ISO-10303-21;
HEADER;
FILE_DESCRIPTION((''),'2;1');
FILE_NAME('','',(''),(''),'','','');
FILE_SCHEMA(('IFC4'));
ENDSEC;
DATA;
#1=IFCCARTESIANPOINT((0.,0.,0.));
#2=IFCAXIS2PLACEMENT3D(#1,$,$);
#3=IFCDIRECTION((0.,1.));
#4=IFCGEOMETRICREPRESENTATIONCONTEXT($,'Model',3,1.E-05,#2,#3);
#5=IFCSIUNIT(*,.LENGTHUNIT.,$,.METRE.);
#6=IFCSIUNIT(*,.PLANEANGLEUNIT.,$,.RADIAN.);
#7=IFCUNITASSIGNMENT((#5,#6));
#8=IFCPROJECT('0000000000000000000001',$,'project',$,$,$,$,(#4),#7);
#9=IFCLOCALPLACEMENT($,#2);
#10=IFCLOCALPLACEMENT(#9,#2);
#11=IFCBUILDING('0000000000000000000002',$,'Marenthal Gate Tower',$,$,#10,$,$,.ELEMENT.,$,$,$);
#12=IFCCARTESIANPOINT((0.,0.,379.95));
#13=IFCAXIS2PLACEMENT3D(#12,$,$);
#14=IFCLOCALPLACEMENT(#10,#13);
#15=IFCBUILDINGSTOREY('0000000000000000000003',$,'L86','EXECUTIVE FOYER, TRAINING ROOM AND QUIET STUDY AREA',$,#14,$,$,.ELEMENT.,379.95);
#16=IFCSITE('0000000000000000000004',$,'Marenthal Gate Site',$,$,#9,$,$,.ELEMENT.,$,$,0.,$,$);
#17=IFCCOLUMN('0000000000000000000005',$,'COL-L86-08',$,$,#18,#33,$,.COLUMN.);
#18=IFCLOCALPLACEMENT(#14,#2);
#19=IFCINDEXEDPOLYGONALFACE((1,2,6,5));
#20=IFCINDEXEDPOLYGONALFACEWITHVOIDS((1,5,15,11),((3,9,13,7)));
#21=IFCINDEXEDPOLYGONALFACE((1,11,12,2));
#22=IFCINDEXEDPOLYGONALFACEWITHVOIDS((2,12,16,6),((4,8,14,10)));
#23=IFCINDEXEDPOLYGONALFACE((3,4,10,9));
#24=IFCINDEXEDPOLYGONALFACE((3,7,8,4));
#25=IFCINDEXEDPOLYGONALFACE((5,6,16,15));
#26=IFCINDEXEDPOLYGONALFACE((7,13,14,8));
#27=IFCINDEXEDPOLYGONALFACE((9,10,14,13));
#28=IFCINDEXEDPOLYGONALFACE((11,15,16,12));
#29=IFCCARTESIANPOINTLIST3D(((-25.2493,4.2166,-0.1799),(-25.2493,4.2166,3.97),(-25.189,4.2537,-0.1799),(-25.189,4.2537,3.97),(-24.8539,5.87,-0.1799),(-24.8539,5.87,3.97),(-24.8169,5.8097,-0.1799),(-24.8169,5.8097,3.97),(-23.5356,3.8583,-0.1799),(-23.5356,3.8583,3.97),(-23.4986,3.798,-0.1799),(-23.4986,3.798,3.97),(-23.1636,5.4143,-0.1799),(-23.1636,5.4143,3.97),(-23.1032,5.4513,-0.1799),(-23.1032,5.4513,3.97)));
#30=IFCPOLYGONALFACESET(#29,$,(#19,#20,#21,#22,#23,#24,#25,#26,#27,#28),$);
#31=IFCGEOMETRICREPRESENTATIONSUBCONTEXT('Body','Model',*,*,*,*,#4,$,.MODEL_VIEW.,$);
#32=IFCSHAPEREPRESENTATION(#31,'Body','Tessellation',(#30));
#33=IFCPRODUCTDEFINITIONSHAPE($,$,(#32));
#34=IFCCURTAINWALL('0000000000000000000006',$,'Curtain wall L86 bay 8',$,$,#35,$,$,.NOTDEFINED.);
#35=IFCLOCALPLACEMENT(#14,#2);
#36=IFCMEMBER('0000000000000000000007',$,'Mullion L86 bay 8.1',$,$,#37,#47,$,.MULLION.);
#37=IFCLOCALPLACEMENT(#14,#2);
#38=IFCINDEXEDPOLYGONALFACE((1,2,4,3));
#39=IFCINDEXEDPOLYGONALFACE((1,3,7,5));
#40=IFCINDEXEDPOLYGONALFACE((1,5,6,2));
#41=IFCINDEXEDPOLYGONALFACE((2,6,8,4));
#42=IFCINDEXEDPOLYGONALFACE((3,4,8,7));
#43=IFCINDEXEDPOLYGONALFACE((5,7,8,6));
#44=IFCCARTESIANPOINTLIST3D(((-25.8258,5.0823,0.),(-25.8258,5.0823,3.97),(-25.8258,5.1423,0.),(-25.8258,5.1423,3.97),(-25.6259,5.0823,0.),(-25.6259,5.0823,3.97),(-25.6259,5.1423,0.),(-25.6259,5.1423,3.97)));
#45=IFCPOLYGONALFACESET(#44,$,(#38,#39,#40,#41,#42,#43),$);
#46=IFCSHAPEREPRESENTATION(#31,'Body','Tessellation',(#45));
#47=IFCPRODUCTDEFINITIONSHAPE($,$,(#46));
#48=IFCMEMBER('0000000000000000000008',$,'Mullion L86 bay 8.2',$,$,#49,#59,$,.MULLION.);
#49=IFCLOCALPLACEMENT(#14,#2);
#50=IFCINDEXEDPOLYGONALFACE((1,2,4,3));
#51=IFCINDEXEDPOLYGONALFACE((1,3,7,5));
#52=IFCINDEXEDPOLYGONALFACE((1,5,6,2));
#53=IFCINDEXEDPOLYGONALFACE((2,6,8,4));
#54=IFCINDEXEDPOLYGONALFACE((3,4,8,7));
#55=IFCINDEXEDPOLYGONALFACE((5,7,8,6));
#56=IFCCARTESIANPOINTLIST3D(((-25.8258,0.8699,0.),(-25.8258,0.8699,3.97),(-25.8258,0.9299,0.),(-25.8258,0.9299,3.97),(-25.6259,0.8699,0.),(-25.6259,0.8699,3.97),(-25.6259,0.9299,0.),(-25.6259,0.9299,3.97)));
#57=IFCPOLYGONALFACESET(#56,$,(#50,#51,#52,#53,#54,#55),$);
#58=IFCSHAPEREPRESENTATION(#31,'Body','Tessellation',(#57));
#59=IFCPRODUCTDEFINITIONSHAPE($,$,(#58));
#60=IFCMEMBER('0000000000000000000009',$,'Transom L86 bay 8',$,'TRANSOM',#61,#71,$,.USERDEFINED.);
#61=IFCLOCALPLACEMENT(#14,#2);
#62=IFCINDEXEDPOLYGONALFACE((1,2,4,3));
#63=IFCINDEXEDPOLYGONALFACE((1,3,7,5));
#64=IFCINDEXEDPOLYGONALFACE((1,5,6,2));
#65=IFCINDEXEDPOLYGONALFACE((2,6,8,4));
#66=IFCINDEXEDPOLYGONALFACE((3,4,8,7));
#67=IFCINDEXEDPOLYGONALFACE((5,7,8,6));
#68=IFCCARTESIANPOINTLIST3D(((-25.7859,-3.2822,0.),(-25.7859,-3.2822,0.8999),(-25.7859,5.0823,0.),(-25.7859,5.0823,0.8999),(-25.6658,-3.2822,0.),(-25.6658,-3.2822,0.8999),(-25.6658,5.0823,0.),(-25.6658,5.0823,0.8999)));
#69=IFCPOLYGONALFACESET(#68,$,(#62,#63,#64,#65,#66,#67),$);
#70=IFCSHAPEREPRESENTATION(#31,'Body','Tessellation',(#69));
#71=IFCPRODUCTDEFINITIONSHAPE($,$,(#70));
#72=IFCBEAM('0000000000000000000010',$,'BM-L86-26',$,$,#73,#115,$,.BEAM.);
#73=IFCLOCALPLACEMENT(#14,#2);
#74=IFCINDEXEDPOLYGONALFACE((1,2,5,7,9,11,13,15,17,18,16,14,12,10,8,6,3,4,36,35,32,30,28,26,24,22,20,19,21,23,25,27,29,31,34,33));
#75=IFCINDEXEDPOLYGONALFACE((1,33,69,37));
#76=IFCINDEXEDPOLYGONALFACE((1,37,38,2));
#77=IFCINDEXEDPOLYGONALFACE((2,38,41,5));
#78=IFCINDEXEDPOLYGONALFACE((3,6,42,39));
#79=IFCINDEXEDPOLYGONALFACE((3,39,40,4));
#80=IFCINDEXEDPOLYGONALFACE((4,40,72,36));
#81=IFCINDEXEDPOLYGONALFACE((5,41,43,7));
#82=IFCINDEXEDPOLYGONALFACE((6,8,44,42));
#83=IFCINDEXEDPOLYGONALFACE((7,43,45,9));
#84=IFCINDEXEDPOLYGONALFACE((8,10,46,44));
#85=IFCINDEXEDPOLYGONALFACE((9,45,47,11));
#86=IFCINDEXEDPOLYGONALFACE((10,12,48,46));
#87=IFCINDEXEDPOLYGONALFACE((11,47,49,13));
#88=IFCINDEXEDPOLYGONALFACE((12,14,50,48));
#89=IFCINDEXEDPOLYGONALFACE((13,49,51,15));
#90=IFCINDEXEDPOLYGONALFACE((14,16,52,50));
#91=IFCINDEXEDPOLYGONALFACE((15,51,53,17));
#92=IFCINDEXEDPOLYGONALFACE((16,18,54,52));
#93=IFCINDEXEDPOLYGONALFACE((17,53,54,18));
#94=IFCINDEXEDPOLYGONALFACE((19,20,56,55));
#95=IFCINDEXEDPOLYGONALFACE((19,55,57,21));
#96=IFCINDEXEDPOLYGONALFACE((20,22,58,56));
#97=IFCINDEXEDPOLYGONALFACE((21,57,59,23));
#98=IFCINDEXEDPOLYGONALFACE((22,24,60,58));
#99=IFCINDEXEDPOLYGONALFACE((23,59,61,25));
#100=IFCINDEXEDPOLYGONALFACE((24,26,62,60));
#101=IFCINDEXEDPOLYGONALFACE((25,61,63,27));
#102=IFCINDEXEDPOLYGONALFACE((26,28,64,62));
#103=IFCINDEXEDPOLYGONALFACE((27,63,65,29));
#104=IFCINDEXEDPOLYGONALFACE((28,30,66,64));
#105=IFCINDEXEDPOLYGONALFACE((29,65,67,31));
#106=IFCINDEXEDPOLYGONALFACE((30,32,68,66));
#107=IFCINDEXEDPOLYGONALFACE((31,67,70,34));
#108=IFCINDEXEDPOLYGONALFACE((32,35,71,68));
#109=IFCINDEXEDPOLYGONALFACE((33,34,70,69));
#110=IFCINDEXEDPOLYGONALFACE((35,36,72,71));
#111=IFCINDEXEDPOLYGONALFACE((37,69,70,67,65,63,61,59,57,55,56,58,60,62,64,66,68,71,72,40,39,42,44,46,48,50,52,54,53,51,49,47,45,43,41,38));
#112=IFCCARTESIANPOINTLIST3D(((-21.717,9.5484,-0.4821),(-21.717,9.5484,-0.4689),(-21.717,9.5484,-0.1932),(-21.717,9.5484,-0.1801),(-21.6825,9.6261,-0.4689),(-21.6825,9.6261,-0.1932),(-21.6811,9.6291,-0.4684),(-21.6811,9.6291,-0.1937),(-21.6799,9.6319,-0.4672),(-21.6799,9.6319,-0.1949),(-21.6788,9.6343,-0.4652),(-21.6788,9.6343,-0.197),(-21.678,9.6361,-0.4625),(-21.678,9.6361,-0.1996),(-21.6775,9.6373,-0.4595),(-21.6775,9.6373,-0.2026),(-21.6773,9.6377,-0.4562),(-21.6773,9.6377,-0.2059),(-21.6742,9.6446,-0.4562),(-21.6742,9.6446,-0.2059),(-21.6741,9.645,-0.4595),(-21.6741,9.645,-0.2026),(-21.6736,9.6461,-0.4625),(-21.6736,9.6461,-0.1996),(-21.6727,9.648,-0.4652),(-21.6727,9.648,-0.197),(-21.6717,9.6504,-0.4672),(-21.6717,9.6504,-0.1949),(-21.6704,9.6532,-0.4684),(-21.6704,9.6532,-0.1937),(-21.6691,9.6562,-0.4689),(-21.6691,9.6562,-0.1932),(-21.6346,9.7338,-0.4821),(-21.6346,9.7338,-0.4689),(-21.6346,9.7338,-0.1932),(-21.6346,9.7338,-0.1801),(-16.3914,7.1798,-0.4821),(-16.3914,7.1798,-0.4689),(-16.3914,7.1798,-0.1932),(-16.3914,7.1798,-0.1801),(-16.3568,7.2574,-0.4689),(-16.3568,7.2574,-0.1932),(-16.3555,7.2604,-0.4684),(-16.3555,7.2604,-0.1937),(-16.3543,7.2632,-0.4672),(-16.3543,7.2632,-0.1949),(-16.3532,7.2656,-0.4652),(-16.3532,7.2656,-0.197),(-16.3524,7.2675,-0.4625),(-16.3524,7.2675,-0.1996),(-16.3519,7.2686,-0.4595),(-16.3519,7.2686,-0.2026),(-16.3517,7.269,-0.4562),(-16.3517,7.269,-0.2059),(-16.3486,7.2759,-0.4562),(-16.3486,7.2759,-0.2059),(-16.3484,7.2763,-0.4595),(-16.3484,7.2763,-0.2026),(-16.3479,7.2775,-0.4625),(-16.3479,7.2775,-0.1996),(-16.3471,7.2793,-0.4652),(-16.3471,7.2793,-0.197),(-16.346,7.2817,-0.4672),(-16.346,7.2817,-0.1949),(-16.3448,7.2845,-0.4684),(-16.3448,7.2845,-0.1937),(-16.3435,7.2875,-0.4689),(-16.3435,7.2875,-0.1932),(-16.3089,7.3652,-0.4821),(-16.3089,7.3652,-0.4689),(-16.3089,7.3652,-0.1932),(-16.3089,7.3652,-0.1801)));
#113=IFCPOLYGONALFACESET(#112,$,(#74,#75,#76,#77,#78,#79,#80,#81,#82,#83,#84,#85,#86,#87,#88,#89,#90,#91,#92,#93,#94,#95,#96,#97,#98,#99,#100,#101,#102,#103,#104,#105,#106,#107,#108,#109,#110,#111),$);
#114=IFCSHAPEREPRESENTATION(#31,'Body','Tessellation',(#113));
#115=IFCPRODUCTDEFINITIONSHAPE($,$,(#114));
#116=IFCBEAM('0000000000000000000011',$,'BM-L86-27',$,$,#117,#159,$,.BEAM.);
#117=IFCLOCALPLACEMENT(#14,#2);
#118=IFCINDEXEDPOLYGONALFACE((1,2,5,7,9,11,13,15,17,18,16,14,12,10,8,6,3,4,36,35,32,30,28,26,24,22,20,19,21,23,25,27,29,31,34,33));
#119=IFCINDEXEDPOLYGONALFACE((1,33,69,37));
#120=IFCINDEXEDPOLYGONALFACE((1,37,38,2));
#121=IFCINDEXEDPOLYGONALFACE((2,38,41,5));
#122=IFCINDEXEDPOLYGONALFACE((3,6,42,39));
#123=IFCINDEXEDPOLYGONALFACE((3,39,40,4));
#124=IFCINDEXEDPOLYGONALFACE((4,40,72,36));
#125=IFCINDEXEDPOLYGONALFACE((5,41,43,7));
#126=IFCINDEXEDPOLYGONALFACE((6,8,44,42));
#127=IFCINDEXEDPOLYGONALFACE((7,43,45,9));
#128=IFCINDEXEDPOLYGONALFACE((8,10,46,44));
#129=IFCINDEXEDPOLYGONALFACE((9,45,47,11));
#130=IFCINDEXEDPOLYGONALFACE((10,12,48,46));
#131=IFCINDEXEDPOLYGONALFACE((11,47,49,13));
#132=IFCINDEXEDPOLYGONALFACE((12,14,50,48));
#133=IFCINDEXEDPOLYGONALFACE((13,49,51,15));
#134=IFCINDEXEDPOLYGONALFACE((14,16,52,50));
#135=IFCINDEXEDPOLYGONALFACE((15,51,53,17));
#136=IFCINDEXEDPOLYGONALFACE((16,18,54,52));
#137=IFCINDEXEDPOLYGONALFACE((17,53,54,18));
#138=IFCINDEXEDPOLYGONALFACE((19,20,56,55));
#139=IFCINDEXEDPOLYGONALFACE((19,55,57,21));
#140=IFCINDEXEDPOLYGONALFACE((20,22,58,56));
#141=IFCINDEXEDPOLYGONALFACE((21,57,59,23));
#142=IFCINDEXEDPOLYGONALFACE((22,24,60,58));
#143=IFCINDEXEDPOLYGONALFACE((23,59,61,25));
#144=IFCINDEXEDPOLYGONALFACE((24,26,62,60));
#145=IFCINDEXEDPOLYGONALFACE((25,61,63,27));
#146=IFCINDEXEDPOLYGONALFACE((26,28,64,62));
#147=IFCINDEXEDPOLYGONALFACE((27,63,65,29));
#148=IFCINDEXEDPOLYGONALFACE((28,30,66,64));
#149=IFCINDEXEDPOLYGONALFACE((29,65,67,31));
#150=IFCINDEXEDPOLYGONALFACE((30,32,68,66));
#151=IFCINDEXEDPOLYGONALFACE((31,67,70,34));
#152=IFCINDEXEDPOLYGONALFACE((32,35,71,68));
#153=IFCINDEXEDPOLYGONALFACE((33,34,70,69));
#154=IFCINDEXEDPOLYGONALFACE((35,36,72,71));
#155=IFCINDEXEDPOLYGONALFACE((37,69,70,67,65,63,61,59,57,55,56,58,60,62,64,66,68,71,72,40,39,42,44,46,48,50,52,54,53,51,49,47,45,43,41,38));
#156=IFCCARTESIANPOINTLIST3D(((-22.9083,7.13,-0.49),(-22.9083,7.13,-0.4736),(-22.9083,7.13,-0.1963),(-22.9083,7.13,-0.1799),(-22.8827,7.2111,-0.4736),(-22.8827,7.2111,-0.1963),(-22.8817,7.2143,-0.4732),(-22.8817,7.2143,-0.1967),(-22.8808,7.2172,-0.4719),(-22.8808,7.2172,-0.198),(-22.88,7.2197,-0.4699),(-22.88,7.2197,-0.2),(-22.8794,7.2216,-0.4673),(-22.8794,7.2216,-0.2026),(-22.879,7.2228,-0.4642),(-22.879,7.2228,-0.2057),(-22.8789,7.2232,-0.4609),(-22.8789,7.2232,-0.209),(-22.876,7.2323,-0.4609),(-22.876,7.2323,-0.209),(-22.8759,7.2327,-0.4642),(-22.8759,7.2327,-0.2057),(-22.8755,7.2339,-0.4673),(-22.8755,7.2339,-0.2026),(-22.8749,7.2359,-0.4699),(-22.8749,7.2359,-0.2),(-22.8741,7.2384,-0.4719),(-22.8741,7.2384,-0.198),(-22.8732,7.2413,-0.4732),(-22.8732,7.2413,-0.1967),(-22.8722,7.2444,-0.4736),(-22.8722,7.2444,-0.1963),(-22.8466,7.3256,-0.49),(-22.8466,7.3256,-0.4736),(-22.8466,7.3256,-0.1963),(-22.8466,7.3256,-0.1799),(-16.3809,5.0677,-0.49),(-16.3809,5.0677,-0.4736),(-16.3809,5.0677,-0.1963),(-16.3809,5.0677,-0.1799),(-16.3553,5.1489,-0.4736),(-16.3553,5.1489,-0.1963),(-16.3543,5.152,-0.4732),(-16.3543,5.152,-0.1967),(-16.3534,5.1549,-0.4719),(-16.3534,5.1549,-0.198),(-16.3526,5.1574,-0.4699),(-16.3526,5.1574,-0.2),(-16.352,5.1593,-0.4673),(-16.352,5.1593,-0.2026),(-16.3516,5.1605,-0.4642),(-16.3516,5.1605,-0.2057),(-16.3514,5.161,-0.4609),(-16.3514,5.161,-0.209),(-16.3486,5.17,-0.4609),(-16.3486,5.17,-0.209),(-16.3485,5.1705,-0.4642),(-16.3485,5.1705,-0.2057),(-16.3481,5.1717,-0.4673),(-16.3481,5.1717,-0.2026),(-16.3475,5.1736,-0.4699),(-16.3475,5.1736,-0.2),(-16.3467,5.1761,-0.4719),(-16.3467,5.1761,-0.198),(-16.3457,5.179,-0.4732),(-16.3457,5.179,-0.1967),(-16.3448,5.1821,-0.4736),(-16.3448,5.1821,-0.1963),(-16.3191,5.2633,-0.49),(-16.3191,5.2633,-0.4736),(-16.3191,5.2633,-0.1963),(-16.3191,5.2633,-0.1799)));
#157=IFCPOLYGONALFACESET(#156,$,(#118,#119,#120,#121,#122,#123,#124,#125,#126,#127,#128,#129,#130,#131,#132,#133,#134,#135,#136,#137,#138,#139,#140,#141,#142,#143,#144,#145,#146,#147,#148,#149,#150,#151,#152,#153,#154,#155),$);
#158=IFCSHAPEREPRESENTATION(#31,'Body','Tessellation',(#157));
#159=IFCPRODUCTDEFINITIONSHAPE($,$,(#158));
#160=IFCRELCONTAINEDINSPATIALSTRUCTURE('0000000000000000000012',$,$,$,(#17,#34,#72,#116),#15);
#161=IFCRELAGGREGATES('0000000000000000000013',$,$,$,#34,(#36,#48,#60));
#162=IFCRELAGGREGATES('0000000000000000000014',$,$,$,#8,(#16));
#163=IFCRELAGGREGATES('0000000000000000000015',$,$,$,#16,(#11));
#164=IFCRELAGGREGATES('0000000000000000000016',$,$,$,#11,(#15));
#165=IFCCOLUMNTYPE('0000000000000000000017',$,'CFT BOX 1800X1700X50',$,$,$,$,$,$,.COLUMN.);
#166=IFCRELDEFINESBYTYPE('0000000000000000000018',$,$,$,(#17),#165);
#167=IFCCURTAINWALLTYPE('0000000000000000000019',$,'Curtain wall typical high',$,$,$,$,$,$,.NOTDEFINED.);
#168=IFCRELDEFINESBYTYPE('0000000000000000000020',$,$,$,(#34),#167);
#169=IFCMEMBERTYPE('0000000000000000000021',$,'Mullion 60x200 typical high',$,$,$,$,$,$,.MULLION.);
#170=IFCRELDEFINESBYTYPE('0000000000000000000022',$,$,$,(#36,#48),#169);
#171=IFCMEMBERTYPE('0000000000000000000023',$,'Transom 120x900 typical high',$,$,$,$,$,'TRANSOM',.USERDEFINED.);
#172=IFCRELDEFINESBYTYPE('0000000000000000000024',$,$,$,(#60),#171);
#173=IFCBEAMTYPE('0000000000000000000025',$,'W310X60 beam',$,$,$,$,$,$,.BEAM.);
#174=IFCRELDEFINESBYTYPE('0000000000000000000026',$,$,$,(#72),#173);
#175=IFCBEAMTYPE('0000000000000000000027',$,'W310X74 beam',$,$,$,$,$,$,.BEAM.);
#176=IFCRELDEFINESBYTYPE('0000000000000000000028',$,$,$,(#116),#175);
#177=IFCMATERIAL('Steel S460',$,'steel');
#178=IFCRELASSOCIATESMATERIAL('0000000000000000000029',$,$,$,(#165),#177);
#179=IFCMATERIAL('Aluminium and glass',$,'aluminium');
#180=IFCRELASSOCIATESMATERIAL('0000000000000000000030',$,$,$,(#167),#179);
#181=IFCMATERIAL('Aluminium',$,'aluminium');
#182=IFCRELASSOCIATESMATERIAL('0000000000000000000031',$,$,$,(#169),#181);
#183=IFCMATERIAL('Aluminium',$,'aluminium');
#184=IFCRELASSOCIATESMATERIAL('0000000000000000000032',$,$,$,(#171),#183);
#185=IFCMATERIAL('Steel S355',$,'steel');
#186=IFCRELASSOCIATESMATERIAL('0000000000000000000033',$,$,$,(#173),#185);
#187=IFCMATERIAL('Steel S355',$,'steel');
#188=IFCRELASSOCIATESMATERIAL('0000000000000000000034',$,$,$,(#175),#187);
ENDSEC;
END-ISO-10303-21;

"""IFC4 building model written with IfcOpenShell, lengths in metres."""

from ifc_helpers import new_model, si_unit, direction, frame, origin, origin_2d, place, context, subcontext, project, spatial, rectangle, hollow_rectangle, i_section, extrude, material, material_profile, profile_set, type_object, element, aggregate, save


model = new_model("IFC4")

# Units and contexts
model_context = context("Model", 3, precision=1e-05, world=origin(), true_north=direction((0.0, 1.0)))
body_context = subcontext(model_context, "Body", "Model", "MODEL_VIEW")
ifc_project = project(units=[si_unit("LENGTHUNIT", "METRE"), si_unit("PLANEANGLEUNIT", "RADIAN")], contexts=[model_context])

# Site, building, storey
site_placement = place(None, origin())
site = spatial("IfcSite", under=ifc_project, at=site_placement, Name="Marenthal Gate Site", CompositionType="ELEMENT", RefElevation=0.0)
building_placement = place(site_placement, origin())
building = spatial("IfcBuilding", under=site, at=building_placement, Name="Marenthal Gate Tower", CompositionType="ELEMENT")
storey_placement = place(building_placement, frame((0.0, 0.0, 379.95)))
storey = spatial("IfcBuildingStorey", under=building, at=storey_placement, Name="L86", Description="EXECUTIVE FOYER, TRAINING ROOM AND QUIET STUDY AREA", CompositionType="ELEMENT", Elevation=379.95)

# Column
ifc_material_1 = material(Name="Steel S460", Category="steel")
ifc_material_profile_1 = material_profile(ifc_material_1, hollow_rectangle(XDim=1.7, YDim=1.8, WallThickness=0.05, at=origin_2d()), Name="CFT BOX 1800X1700X50")
ifc_material_2 = material(Name="Concrete 70 MPa", Category="concrete")
ifc_material_profile_2 = material_profile(ifc_material_2, rectangle(XDim=1.6001, YDim=1.7, at=origin_2d()), Name="CFT BOX 1800X1700X50 INFILL")
ifc_profile_set_1 = profile_set([ifc_material_profile_1, ifc_material_profile_2], Name="Steel S460 shell, Concrete 70 MPa infill")
column_type = type_object("IfcColumnType", Name="CFT BOX 1800X1700X50", PredefinedType="COLUMN", material=ifc_profile_set_1)
column_placement = place(storey_placement, frame((-24.1763, 4.834, -0.1799), z_axis=(0.0, 0.0, 1.0), x_axis=(0.232571, 0.972579, 0.0)))
element("IfcColumn", 1, at=column_placement, inside=storey, type_object=column_type, Name="COL-L86-08", PredefinedType="COLUMN", context=body_context, shape_type="SweptSolid", body=[
    extrude(hollow_rectangle(XDim=1.7, YDim=1.8, WallThickness=0.05, at=origin_2d()), origin(), (0.0, 0.0, 1.0), 4.1499),
])

# Curtain wall, members
ifc_material_3 = material(Name="Aluminium and glass", Category="aluminium")
curtain_wall_type = type_object("IfcCurtainWallType", Name="Curtain wall typical high", PredefinedType="NOTDEFINED", material=ifc_material_3)
curtain_wall_placement = place(storey_placement, origin())
curtain_wall = element("IfcCurtainWall", 2, at=curtain_wall_placement, inside=storey, type_object=curtain_wall_type, Name="Curtain wall L86 bay 8", PredefinedType="NOTDEFINED")
ifc_material_4 = material(Name="Aluminium", Category="aluminium")
ifc_material_profile_3 = material_profile(ifc_material_4, rectangle(XDim=0.2, YDim=0.0601, at=origin_2d()), Name="60x200 aluminium mullion")
ifc_profile_set_2 = profile_set([ifc_material_profile_3], Name="Aluminium")
member_type_1 = type_object("IfcMemberType", Name="Mullion 60x200 typical high", PredefinedType="MULLION", material=ifc_profile_set_2)
member_1_placement = place(storey_placement, frame((-25.7258, 5.1123, 0.0), z_axis=(0.0, 0.0, 1.0), x_axis=(1.0, 0.0, 0.0)))
member_1 = element("IfcMember", 3, at=member_1_placement, type_object=member_type_1, Name="Mullion L86 bay 8.1", PredefinedType="MULLION", context=body_context, shape_type="SweptSolid", body=[
    extrude(rectangle(XDim=0.2, YDim=0.0601, at=origin_2d()), origin(), (0.0, 0.0, 1.0), 3.97),
])
member_2_placement = place(storey_placement, frame((-25.7258, 0.8999, 0.0), z_axis=(0.0, 0.0, 1.0), x_axis=(1.0, 0.0, 0.0)))
member_2 = element("IfcMember", 4, at=member_2_placement, type_object=member_type_1, Name="Mullion L86 bay 8.2", PredefinedType="MULLION", context=body_context, shape_type="SweptSolid", body=[
    extrude(rectangle(XDim=0.2, YDim=0.0601, at=origin_2d()), origin(), (0.0, 0.0, 1.0), 3.97),
])
ifc_material_5 = material(Name="Aluminium", Category="aluminium")
ifc_material_profile_4 = material_profile(ifc_material_5, rectangle(XDim=0.1201, YDim=0.8999, at=origin_2d()), Name="120x900 aluminium transom")
ifc_profile_set_3 = profile_set([ifc_material_profile_4], Name="Aluminium")
member_type_2 = type_object("IfcMemberType", Name="Transom 120x900 typical high", ElementType="TRANSOM", PredefinedType="USERDEFINED", material=ifc_profile_set_3)
member_3_placement = place(storey_placement, frame((-25.7258, 5.0823, 0.45), z_axis=(0.0, -1.0, 0.0), x_axis=(1.0, 0.0, 0.0)))
member_3 = element("IfcMember", 5, at=member_3_placement, type_object=member_type_2, Name="Transom L86 bay 8", ObjectType="TRANSOM", PredefinedType="USERDEFINED", context=body_context, shape_type="SweptSolid", body=[
    extrude(rectangle(XDim=0.1201, YDim=0.8999, at=origin_2d()), origin(), (0.0, 0.0, 1.0), 8.3645),
])

# Beams
ifc_material_6 = material(Name="Steel S355", Category="steel")
ifc_material_profile_5 = material_profile(ifc_material_6, i_section(OverallWidth=0.2029, OverallDepth=0.302, WebThickness=0.0076, FlangeThickness=0.0132, FilletRadius=0.0127, at=origin_2d()), Name="W310X60")
ifc_profile_set_4 = profile_set([ifc_material_profile_5], Name="Steel S355")
beam_type_1 = type_object("IfcBeamType", Name="W310X60 beam", PredefinedType="BEAM", material=ifc_profile_set_4)
beam_1_placement = place(storey_placement, frame((-21.6758, 9.6411, -0.3311), z_axis=(0.913704, -0.406379, 0.0), x_axis=(0.406379, 0.913704, 0.0)))
element("IfcBeam", 6, at=beam_1_placement, inside=storey, type_object=beam_type_1, Name="BM-L86-26", PredefinedType="BEAM", context=body_context, shape_type="SweptSolid", body=[
    extrude(i_section(OverallWidth=0.2029, OverallDepth=0.302, WebThickness=0.0076, FlangeThickness=0.0132, FilletRadius=0.0127, at=origin_2d()), origin(), (0.0, 0.0, 1.0), 5.8286),
])
ifc_material_7 = material(Name="Steel S355", Category="steel")
ifc_material_profile_6 = material_profile(ifc_material_7, i_section(OverallWidth=0.2051, OverallDepth=0.3101, WebThickness=0.0095, FlangeThickness=0.0164, FilletRadius=0.0127, at=origin_2d()), Name="W310X74")
ifc_profile_set_5 = profile_set([ifc_material_profile_6], Name="Steel S355")
beam_type_2 = type_object("IfcBeamType", Name="W310X74 beam", PredefinedType="BEAM", material=ifc_profile_set_5)
beam_2_placement = place(storey_placement, frame((-22.8774, 7.2278, -0.335), z_axis=(0.953541, -0.301263, 0.0), x_axis=(0.301263, 0.953541, 0.0)))
element("IfcBeam", 7, at=beam_2_placement, inside=storey, type_object=beam_type_2, Name="BM-L86-27", PredefinedType="BEAM", context=body_context, shape_type="SweptSolid", body=[
    extrude(i_section(OverallWidth=0.2051, OverallDepth=0.3101, WebThickness=0.0095, FlangeThickness=0.0164, FilletRadius=0.0127, at=origin_2d()), origin(), (0.0, 0.0, 1.0), 6.8455),
])

aggregate(curtain_wall, [member_1, member_2, member_3])

save(model, "model.ifc")
